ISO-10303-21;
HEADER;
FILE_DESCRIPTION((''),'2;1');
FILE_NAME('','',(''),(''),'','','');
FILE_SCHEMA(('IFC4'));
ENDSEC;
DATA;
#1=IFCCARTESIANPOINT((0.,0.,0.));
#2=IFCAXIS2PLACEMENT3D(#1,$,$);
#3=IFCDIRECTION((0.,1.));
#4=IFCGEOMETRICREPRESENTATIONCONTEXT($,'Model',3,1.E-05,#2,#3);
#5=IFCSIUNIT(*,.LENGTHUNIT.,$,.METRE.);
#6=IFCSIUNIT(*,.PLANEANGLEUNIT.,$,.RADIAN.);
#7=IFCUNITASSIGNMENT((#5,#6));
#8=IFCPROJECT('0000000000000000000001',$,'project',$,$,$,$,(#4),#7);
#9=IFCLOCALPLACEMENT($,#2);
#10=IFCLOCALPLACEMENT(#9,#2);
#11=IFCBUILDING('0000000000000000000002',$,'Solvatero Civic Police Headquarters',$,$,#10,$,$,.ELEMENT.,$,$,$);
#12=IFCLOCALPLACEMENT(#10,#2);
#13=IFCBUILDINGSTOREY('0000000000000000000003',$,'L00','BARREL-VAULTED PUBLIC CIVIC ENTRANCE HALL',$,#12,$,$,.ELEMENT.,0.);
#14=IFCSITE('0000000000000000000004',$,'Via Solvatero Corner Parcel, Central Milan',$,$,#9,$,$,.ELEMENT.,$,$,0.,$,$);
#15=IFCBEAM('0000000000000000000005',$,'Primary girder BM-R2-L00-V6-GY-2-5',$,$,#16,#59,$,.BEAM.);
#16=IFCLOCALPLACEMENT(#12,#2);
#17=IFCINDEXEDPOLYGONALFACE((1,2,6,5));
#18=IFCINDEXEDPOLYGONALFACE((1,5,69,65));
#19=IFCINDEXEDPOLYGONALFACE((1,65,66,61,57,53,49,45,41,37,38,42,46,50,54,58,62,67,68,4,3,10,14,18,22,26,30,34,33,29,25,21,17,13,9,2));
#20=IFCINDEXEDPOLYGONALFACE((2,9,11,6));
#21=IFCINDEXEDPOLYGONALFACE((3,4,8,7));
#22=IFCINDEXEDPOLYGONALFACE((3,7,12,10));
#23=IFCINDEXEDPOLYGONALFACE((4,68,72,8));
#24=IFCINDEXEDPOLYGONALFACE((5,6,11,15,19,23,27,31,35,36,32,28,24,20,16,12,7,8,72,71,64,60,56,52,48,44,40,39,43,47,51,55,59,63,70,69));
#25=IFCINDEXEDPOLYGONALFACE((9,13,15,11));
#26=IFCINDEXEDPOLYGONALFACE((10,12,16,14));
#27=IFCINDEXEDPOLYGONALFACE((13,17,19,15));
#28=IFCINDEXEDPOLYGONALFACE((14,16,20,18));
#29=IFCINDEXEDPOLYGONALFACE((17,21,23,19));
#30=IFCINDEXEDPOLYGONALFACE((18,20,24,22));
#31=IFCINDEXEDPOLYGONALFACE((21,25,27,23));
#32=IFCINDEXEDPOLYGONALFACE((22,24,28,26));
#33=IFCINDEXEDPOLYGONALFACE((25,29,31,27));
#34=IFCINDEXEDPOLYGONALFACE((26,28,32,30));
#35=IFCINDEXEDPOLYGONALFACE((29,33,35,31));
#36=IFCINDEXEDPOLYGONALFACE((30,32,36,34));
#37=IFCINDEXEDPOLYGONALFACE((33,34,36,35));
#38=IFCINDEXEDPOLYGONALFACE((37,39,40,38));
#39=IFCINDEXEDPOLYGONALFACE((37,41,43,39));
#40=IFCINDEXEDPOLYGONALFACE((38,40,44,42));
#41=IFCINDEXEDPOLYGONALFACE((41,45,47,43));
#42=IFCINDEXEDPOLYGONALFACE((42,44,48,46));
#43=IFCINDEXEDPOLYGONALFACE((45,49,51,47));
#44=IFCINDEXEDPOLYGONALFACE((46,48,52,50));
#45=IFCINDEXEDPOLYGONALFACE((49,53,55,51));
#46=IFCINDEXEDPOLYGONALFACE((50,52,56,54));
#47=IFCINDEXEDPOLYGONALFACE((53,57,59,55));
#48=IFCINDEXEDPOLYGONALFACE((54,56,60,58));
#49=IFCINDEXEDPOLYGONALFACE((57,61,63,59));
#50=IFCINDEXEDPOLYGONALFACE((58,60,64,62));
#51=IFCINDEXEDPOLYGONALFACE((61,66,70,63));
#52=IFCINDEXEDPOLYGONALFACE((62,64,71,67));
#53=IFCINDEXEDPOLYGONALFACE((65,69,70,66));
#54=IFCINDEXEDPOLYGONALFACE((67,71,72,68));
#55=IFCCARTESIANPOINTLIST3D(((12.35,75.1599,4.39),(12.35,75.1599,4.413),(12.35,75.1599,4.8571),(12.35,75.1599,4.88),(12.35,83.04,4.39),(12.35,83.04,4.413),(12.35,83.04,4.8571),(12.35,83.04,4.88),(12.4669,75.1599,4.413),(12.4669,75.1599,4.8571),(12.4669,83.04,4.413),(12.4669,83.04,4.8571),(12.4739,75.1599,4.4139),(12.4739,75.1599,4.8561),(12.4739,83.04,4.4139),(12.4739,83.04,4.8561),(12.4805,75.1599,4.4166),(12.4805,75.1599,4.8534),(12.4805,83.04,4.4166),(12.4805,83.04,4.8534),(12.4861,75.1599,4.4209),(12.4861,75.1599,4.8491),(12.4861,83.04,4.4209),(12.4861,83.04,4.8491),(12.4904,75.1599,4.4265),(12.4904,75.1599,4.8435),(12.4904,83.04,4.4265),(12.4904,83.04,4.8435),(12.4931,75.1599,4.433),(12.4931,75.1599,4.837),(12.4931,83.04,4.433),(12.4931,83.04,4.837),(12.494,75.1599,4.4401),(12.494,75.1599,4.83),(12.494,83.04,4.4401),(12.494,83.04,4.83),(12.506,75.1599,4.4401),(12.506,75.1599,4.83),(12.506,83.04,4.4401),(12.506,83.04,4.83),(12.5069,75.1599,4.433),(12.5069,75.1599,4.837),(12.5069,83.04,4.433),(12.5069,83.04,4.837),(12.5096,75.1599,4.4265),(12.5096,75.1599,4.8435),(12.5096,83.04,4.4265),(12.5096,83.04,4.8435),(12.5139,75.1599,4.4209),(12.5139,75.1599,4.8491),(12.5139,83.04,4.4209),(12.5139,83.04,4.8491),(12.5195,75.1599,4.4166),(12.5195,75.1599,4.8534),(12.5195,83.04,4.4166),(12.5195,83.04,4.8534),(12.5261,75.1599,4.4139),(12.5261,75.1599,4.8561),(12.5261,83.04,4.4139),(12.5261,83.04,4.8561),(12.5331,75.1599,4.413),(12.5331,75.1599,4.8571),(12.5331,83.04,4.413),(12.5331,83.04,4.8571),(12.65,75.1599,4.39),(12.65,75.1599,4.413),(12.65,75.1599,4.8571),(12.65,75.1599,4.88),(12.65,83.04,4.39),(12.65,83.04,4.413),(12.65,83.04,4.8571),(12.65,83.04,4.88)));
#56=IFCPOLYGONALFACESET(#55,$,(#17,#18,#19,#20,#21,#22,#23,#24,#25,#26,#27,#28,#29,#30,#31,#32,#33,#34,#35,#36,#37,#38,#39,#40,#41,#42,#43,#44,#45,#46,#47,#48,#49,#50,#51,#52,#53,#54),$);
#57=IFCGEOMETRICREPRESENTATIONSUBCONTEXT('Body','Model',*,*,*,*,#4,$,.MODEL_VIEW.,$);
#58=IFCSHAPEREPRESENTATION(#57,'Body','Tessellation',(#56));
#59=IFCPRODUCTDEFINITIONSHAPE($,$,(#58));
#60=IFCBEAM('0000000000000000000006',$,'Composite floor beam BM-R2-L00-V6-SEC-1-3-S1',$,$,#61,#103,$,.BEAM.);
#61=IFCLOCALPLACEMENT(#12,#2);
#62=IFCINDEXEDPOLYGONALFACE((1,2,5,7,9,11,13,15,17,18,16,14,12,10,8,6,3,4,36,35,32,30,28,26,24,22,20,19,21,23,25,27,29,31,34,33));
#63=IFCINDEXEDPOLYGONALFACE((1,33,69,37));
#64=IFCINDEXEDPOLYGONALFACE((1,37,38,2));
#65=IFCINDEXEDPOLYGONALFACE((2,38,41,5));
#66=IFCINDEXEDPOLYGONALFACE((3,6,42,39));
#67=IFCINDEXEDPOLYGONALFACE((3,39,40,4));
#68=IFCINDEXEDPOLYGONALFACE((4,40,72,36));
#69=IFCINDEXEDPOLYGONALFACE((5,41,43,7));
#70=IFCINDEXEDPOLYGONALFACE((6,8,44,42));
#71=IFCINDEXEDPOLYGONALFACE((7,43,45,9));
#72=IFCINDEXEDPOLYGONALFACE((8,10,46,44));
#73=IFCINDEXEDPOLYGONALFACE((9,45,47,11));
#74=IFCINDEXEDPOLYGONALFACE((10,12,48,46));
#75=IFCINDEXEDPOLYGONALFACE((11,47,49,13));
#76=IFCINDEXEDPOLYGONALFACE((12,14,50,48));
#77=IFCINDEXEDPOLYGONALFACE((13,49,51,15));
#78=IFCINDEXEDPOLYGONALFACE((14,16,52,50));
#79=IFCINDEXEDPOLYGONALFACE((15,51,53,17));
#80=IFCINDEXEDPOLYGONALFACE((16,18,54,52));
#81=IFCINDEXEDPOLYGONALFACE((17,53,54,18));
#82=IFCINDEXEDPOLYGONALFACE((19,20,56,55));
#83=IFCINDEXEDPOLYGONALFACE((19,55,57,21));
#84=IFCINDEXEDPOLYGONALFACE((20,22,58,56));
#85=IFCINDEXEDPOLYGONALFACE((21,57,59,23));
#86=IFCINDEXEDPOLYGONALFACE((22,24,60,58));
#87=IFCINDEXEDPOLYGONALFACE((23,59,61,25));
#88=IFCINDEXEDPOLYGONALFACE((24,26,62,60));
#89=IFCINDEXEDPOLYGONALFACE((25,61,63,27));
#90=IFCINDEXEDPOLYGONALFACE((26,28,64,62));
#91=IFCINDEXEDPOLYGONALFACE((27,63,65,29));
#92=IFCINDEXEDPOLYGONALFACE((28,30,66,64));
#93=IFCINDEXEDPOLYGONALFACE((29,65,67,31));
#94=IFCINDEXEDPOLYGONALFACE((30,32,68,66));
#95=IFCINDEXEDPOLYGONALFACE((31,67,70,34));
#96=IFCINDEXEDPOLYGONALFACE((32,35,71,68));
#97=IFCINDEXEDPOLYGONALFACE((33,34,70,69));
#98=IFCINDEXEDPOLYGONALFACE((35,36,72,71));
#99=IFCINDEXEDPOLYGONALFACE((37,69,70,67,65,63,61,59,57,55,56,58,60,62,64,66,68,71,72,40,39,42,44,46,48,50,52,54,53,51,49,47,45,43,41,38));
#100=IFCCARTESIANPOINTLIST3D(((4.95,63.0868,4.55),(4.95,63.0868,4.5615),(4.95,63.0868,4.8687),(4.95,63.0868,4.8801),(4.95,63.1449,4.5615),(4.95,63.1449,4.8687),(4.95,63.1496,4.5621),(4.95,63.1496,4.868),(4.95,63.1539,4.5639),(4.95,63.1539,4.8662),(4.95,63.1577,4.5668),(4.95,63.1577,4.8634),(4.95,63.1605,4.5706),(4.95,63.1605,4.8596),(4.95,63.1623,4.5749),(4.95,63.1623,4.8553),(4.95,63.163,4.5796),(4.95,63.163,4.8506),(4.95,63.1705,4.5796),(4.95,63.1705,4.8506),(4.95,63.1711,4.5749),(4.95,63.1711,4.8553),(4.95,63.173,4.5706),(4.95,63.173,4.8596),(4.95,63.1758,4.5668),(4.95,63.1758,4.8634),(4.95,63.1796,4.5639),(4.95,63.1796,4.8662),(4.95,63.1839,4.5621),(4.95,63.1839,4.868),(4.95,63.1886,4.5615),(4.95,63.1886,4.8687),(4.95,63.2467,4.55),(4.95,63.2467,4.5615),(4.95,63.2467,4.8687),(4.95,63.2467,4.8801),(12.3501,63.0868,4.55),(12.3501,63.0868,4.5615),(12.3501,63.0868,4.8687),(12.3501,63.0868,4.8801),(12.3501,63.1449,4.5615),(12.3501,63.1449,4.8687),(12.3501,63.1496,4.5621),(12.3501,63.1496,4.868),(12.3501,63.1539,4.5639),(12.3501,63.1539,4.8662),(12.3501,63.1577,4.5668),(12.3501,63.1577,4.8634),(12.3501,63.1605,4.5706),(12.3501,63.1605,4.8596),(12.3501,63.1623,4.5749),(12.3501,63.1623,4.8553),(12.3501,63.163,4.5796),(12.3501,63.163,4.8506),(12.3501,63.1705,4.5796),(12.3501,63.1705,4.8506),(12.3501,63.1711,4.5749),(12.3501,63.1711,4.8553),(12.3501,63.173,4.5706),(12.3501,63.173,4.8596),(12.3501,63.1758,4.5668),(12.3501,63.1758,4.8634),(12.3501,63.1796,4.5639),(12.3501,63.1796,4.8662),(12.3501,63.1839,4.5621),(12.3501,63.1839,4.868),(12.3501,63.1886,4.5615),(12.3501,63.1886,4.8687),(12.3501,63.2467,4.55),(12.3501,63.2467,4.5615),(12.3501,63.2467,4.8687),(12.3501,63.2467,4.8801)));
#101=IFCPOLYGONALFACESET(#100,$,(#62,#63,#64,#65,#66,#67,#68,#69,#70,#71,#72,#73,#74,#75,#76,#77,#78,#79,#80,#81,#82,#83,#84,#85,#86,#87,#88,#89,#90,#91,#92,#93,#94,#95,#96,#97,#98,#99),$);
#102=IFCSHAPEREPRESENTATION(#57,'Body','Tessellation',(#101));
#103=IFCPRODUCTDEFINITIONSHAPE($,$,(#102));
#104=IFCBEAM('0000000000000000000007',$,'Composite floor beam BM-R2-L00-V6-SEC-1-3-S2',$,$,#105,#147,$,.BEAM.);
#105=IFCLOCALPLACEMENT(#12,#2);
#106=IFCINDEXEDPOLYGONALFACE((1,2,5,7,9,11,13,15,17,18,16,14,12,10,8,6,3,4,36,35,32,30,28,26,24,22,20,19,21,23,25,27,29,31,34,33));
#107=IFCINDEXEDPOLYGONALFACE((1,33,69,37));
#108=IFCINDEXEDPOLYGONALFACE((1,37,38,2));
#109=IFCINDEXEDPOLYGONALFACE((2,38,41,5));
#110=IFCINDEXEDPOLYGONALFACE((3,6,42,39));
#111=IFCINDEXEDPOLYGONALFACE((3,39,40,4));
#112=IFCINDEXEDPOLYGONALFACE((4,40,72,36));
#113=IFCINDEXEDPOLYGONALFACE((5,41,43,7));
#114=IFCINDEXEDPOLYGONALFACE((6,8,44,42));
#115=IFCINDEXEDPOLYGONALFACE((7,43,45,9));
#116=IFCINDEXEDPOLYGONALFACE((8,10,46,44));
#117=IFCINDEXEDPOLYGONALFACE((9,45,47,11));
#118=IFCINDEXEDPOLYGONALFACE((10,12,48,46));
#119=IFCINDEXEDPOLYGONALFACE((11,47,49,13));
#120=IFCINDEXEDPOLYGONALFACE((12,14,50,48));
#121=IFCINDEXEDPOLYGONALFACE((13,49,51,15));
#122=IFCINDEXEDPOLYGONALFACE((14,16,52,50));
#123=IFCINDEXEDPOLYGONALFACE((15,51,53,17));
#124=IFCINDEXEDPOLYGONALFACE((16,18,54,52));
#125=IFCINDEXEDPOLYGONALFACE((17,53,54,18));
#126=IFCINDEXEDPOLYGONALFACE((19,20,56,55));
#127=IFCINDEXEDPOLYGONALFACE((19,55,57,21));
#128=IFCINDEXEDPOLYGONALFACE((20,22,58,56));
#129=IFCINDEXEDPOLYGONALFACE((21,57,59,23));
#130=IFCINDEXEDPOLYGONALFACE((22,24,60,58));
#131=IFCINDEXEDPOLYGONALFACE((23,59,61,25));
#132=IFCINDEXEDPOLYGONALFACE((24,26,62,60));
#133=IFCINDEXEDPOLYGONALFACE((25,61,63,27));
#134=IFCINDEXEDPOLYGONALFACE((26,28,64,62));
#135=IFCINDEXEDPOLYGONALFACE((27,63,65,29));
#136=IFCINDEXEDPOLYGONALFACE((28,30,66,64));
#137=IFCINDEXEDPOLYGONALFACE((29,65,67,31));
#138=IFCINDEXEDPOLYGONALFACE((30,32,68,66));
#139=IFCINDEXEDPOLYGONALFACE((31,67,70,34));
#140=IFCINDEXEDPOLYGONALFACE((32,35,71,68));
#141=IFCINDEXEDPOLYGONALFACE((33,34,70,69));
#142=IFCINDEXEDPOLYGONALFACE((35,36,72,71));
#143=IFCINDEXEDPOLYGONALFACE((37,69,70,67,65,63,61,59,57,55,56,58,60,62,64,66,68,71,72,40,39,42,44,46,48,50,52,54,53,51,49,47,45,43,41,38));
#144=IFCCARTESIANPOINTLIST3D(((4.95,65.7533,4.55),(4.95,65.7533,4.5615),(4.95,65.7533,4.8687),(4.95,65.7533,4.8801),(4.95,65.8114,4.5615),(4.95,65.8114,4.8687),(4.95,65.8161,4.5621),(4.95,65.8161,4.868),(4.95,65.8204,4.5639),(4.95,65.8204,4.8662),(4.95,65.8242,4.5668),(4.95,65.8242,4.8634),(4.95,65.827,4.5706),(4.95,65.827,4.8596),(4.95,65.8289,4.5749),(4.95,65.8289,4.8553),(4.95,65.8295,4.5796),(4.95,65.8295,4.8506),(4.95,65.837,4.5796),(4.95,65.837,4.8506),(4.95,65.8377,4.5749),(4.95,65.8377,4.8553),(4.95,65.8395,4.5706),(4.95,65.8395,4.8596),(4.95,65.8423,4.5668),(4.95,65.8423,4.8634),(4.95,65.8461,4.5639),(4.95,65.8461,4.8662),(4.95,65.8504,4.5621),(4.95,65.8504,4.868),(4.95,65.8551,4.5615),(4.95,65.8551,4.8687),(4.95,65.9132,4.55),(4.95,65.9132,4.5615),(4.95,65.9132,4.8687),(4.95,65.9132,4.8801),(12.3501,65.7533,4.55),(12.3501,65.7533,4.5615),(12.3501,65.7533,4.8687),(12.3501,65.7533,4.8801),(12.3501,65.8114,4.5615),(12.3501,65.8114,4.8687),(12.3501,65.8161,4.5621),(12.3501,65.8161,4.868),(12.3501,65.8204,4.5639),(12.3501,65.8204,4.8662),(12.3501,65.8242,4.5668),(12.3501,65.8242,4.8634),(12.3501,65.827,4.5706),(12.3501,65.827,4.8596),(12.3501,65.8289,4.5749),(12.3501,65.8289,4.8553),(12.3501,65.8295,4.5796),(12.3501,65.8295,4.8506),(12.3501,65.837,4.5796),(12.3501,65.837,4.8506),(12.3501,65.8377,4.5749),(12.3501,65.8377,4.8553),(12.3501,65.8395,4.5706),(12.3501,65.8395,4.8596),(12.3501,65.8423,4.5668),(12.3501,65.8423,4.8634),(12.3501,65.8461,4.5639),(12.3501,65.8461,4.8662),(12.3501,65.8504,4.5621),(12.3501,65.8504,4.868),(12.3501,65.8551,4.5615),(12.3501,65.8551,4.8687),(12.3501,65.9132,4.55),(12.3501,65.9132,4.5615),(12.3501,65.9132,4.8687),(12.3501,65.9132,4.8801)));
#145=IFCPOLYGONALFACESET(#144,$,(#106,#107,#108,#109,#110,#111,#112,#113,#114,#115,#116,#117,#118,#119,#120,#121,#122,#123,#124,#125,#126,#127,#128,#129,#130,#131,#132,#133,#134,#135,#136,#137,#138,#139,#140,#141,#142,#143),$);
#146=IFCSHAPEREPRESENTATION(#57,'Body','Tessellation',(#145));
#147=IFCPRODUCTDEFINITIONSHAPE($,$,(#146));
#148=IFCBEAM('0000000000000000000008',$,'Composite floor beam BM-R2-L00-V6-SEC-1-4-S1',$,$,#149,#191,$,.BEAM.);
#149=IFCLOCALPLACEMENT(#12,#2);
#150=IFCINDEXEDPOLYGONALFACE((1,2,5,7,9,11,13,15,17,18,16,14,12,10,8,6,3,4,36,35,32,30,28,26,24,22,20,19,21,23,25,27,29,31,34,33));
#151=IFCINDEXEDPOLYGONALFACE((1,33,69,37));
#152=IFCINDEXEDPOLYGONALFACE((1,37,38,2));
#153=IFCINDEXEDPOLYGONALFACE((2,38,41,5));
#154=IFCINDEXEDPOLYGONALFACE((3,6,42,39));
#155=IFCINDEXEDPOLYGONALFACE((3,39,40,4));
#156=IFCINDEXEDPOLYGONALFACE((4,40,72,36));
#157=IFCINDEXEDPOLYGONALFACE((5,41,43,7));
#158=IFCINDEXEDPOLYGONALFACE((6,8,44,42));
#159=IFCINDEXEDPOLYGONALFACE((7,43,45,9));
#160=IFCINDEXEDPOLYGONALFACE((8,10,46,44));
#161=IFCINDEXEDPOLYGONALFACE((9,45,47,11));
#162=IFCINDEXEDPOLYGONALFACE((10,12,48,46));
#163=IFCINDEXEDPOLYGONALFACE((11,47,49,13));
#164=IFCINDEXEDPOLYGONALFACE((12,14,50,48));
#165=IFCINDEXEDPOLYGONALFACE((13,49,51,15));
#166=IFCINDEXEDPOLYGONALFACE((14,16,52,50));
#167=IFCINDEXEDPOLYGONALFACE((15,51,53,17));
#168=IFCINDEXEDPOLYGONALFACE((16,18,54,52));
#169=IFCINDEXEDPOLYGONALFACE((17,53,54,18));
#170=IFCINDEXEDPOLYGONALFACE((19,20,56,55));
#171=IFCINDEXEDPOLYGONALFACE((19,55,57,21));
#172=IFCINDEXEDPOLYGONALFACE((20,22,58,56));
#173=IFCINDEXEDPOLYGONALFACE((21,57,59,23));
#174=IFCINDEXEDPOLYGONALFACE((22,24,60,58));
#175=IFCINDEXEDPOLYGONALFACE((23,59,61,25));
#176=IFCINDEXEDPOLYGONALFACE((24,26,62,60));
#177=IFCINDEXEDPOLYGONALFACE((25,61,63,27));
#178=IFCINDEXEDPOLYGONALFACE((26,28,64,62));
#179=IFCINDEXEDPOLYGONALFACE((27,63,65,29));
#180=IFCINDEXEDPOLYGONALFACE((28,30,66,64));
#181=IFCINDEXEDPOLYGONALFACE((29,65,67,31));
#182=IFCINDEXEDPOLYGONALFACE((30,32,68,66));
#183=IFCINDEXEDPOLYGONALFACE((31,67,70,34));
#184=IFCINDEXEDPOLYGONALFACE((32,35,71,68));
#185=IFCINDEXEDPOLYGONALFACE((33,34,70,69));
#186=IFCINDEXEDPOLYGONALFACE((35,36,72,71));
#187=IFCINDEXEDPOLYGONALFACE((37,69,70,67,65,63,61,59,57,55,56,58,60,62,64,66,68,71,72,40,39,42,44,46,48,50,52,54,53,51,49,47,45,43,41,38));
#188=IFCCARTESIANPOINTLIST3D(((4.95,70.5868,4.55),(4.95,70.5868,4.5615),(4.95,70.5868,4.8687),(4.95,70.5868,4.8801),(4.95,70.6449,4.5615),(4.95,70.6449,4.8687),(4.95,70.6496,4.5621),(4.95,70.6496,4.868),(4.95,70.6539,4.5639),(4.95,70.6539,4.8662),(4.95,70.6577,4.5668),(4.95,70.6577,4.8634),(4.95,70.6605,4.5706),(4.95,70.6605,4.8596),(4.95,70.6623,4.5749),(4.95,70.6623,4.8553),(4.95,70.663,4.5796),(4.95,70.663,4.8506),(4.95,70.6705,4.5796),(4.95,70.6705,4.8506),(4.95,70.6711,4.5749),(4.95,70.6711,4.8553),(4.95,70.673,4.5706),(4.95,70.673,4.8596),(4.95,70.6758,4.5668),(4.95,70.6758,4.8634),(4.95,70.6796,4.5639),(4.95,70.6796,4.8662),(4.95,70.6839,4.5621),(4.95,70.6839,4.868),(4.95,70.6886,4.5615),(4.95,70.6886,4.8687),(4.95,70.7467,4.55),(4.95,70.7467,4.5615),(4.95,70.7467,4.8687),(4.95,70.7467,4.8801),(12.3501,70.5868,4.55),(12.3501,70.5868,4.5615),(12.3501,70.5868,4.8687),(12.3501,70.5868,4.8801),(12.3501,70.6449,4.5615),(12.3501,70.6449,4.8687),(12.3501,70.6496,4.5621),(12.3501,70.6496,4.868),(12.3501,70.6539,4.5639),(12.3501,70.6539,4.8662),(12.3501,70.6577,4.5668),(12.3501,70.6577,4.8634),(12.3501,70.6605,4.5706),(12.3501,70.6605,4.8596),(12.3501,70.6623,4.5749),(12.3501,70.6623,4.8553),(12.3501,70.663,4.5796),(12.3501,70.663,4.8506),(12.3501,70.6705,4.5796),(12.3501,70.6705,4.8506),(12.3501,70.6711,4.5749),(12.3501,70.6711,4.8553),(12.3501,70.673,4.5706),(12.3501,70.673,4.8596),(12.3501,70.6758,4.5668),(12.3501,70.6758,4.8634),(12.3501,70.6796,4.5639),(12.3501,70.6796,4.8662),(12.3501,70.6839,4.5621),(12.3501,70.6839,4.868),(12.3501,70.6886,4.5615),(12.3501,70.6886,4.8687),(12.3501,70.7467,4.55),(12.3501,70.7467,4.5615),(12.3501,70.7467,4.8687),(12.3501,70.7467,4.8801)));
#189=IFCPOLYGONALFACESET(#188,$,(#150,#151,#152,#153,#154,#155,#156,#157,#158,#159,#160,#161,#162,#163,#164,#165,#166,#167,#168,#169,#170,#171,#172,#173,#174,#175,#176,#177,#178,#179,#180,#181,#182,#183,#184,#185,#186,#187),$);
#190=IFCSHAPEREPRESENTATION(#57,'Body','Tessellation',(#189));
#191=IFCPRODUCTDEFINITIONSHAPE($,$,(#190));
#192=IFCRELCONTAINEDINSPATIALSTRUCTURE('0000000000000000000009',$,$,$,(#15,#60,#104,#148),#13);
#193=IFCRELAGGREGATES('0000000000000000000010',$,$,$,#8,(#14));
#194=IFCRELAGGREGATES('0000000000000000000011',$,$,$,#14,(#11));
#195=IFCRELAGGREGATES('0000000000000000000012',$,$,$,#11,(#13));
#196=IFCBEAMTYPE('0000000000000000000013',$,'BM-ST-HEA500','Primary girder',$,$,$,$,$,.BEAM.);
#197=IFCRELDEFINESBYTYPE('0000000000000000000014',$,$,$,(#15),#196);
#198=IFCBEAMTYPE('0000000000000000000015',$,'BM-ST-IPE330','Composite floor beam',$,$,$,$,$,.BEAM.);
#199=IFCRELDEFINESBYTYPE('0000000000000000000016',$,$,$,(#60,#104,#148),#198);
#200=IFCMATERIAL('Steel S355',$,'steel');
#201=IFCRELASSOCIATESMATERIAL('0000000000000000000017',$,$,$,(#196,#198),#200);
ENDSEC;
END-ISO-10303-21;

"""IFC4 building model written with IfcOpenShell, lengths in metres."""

from ifc_helpers import new_model, si_unit, direction, frame, origin, origin_2d, place, context, subcontext, project, spatial, i_section, extrude, material, material_profile, profile_set, type_object, element, save


model = new_model("IFC4")

# Units and contexts
model_context = context("Model", 3, precision=1e-05, world=origin(), true_north=direction((0.0, 1.0)))
body_context = subcontext(model_context, "Body", "Model", "MODEL_VIEW")
ifc_project = project(units=[si_unit("LENGTHUNIT", "METRE"), si_unit("PLANEANGLEUNIT", "RADIAN")], contexts=[model_context])

# Site, building, storey
site_placement = place(None, origin())
site = spatial("IfcSite", under=ifc_project, at=site_placement, Name="Via Solvatero Corner Parcel, Central Milan", CompositionType="ELEMENT", RefElevation=0.0)
building_placement = place(site_placement, origin())
building = spatial("IfcBuilding", under=site, at=building_placement, Name="Solvatero Civic Police Headquarters", CompositionType="ELEMENT")
storey_placement = place(building_placement, origin())
storey = spatial("IfcBuildingStorey", under=building, at=storey_placement, Name="L00", Description="BARREL-VAULTED PUBLIC CIVIC ENTRANCE HALL", CompositionType="ELEMENT", Elevation=0.0)

# Beams
ifc_material_1 = material(Name="Steel S355", Category="steel")
ifc_material_profile_1 = material_profile(ifc_material_1, i_section(OverallWidth=0.3, OverallDepth=0.49, WebThickness=0.012, FlangeThickness=0.0229, FilletRadius=0.0271, at=origin_2d()), Name="HEA 500")
ifc_profile_set_1 = profile_set([ifc_material_profile_1], Name="Steel S355")
beam_type_1 = type_object("IfcBeamType", Name="BM-ST-HEA500", Description="Primary girder", PredefinedType="BEAM", material=ifc_profile_set_1)
beam_1_placement = place(storey_placement, frame((12.5, 75.1599, 4.635), z_axis=(0.0, 1.0, 0.0), x_axis=(-1.0, 0.0, 0.0)))
element("IfcBeam", 1, at=beam_1_placement, inside=storey, type_object=beam_type_1, Name="Primary girder BM-R2-L00-V6-GY-2-5", PredefinedType="BEAM", context=body_context, shape_type="SweptSolid", body=[
    extrude(i_section(OverallWidth=0.3, OverallDepth=0.49, WebThickness=0.012, FlangeThickness=0.0229, FilletRadius=0.0271, at=origin_2d()), origin(), (0.0, 0.0, 1.0), 7.8801),
])
ifc_material_profile_2 = material_profile(ifc_material_1, i_section(OverallWidth=0.1599, OverallDepth=0.3301, WebThickness=0.0076, FlangeThickness=0.0115, FilletRadius=0.0181, at=origin_2d()), Name="IPE 330")
ifc_profile_set_2 = profile_set([ifc_material_profile_2], Name="Steel S355")
beam_type_2 = type_object("IfcBeamType", Name="BM-ST-IPE330", Description="Composite floor beam", PredefinedType="BEAM", material=ifc_profile_set_2)
for number, where, z_axis, x_axis, name in (
    (2, (4.95, 63.1667, 4.7151), (1.0, 0.0, 0.0), (0.0, 1.0, 0.0), "Composite floor beam BM-R2-L00-V6-SEC-1-3-S1"),
    (3, (4.95, 65.8333, 4.7151), (1.0, 0.0, 0.0), (0.0, 1.0, 0.0), "Composite floor beam BM-R2-L00-V6-SEC-1-3-S2"),
    (4, (4.95, 70.6667, 4.7151), (1.0, 0.0, 0.0), (0.0, 1.0, 0.0), "Composite floor beam BM-R2-L00-V6-SEC-1-4-S1"),
):
    element("IfcBeam", number, at=place(storey_placement, frame(where, z_axis=z_axis, x_axis=x_axis)), inside=storey, type_object=beam_type_2, Name=name, PredefinedType="BEAM", context=body_context, shape_type="SweptSolid", body=[
        extrude(i_section(OverallWidth=0.1599, OverallDepth=0.3301, WebThickness=0.0076, FlangeThickness=0.0115, FilletRadius=0.0181, at=origin_2d()), origin(), (0.0, 0.0, 1.0), 7.4001),
    ])

save(model, "model.ifc")
